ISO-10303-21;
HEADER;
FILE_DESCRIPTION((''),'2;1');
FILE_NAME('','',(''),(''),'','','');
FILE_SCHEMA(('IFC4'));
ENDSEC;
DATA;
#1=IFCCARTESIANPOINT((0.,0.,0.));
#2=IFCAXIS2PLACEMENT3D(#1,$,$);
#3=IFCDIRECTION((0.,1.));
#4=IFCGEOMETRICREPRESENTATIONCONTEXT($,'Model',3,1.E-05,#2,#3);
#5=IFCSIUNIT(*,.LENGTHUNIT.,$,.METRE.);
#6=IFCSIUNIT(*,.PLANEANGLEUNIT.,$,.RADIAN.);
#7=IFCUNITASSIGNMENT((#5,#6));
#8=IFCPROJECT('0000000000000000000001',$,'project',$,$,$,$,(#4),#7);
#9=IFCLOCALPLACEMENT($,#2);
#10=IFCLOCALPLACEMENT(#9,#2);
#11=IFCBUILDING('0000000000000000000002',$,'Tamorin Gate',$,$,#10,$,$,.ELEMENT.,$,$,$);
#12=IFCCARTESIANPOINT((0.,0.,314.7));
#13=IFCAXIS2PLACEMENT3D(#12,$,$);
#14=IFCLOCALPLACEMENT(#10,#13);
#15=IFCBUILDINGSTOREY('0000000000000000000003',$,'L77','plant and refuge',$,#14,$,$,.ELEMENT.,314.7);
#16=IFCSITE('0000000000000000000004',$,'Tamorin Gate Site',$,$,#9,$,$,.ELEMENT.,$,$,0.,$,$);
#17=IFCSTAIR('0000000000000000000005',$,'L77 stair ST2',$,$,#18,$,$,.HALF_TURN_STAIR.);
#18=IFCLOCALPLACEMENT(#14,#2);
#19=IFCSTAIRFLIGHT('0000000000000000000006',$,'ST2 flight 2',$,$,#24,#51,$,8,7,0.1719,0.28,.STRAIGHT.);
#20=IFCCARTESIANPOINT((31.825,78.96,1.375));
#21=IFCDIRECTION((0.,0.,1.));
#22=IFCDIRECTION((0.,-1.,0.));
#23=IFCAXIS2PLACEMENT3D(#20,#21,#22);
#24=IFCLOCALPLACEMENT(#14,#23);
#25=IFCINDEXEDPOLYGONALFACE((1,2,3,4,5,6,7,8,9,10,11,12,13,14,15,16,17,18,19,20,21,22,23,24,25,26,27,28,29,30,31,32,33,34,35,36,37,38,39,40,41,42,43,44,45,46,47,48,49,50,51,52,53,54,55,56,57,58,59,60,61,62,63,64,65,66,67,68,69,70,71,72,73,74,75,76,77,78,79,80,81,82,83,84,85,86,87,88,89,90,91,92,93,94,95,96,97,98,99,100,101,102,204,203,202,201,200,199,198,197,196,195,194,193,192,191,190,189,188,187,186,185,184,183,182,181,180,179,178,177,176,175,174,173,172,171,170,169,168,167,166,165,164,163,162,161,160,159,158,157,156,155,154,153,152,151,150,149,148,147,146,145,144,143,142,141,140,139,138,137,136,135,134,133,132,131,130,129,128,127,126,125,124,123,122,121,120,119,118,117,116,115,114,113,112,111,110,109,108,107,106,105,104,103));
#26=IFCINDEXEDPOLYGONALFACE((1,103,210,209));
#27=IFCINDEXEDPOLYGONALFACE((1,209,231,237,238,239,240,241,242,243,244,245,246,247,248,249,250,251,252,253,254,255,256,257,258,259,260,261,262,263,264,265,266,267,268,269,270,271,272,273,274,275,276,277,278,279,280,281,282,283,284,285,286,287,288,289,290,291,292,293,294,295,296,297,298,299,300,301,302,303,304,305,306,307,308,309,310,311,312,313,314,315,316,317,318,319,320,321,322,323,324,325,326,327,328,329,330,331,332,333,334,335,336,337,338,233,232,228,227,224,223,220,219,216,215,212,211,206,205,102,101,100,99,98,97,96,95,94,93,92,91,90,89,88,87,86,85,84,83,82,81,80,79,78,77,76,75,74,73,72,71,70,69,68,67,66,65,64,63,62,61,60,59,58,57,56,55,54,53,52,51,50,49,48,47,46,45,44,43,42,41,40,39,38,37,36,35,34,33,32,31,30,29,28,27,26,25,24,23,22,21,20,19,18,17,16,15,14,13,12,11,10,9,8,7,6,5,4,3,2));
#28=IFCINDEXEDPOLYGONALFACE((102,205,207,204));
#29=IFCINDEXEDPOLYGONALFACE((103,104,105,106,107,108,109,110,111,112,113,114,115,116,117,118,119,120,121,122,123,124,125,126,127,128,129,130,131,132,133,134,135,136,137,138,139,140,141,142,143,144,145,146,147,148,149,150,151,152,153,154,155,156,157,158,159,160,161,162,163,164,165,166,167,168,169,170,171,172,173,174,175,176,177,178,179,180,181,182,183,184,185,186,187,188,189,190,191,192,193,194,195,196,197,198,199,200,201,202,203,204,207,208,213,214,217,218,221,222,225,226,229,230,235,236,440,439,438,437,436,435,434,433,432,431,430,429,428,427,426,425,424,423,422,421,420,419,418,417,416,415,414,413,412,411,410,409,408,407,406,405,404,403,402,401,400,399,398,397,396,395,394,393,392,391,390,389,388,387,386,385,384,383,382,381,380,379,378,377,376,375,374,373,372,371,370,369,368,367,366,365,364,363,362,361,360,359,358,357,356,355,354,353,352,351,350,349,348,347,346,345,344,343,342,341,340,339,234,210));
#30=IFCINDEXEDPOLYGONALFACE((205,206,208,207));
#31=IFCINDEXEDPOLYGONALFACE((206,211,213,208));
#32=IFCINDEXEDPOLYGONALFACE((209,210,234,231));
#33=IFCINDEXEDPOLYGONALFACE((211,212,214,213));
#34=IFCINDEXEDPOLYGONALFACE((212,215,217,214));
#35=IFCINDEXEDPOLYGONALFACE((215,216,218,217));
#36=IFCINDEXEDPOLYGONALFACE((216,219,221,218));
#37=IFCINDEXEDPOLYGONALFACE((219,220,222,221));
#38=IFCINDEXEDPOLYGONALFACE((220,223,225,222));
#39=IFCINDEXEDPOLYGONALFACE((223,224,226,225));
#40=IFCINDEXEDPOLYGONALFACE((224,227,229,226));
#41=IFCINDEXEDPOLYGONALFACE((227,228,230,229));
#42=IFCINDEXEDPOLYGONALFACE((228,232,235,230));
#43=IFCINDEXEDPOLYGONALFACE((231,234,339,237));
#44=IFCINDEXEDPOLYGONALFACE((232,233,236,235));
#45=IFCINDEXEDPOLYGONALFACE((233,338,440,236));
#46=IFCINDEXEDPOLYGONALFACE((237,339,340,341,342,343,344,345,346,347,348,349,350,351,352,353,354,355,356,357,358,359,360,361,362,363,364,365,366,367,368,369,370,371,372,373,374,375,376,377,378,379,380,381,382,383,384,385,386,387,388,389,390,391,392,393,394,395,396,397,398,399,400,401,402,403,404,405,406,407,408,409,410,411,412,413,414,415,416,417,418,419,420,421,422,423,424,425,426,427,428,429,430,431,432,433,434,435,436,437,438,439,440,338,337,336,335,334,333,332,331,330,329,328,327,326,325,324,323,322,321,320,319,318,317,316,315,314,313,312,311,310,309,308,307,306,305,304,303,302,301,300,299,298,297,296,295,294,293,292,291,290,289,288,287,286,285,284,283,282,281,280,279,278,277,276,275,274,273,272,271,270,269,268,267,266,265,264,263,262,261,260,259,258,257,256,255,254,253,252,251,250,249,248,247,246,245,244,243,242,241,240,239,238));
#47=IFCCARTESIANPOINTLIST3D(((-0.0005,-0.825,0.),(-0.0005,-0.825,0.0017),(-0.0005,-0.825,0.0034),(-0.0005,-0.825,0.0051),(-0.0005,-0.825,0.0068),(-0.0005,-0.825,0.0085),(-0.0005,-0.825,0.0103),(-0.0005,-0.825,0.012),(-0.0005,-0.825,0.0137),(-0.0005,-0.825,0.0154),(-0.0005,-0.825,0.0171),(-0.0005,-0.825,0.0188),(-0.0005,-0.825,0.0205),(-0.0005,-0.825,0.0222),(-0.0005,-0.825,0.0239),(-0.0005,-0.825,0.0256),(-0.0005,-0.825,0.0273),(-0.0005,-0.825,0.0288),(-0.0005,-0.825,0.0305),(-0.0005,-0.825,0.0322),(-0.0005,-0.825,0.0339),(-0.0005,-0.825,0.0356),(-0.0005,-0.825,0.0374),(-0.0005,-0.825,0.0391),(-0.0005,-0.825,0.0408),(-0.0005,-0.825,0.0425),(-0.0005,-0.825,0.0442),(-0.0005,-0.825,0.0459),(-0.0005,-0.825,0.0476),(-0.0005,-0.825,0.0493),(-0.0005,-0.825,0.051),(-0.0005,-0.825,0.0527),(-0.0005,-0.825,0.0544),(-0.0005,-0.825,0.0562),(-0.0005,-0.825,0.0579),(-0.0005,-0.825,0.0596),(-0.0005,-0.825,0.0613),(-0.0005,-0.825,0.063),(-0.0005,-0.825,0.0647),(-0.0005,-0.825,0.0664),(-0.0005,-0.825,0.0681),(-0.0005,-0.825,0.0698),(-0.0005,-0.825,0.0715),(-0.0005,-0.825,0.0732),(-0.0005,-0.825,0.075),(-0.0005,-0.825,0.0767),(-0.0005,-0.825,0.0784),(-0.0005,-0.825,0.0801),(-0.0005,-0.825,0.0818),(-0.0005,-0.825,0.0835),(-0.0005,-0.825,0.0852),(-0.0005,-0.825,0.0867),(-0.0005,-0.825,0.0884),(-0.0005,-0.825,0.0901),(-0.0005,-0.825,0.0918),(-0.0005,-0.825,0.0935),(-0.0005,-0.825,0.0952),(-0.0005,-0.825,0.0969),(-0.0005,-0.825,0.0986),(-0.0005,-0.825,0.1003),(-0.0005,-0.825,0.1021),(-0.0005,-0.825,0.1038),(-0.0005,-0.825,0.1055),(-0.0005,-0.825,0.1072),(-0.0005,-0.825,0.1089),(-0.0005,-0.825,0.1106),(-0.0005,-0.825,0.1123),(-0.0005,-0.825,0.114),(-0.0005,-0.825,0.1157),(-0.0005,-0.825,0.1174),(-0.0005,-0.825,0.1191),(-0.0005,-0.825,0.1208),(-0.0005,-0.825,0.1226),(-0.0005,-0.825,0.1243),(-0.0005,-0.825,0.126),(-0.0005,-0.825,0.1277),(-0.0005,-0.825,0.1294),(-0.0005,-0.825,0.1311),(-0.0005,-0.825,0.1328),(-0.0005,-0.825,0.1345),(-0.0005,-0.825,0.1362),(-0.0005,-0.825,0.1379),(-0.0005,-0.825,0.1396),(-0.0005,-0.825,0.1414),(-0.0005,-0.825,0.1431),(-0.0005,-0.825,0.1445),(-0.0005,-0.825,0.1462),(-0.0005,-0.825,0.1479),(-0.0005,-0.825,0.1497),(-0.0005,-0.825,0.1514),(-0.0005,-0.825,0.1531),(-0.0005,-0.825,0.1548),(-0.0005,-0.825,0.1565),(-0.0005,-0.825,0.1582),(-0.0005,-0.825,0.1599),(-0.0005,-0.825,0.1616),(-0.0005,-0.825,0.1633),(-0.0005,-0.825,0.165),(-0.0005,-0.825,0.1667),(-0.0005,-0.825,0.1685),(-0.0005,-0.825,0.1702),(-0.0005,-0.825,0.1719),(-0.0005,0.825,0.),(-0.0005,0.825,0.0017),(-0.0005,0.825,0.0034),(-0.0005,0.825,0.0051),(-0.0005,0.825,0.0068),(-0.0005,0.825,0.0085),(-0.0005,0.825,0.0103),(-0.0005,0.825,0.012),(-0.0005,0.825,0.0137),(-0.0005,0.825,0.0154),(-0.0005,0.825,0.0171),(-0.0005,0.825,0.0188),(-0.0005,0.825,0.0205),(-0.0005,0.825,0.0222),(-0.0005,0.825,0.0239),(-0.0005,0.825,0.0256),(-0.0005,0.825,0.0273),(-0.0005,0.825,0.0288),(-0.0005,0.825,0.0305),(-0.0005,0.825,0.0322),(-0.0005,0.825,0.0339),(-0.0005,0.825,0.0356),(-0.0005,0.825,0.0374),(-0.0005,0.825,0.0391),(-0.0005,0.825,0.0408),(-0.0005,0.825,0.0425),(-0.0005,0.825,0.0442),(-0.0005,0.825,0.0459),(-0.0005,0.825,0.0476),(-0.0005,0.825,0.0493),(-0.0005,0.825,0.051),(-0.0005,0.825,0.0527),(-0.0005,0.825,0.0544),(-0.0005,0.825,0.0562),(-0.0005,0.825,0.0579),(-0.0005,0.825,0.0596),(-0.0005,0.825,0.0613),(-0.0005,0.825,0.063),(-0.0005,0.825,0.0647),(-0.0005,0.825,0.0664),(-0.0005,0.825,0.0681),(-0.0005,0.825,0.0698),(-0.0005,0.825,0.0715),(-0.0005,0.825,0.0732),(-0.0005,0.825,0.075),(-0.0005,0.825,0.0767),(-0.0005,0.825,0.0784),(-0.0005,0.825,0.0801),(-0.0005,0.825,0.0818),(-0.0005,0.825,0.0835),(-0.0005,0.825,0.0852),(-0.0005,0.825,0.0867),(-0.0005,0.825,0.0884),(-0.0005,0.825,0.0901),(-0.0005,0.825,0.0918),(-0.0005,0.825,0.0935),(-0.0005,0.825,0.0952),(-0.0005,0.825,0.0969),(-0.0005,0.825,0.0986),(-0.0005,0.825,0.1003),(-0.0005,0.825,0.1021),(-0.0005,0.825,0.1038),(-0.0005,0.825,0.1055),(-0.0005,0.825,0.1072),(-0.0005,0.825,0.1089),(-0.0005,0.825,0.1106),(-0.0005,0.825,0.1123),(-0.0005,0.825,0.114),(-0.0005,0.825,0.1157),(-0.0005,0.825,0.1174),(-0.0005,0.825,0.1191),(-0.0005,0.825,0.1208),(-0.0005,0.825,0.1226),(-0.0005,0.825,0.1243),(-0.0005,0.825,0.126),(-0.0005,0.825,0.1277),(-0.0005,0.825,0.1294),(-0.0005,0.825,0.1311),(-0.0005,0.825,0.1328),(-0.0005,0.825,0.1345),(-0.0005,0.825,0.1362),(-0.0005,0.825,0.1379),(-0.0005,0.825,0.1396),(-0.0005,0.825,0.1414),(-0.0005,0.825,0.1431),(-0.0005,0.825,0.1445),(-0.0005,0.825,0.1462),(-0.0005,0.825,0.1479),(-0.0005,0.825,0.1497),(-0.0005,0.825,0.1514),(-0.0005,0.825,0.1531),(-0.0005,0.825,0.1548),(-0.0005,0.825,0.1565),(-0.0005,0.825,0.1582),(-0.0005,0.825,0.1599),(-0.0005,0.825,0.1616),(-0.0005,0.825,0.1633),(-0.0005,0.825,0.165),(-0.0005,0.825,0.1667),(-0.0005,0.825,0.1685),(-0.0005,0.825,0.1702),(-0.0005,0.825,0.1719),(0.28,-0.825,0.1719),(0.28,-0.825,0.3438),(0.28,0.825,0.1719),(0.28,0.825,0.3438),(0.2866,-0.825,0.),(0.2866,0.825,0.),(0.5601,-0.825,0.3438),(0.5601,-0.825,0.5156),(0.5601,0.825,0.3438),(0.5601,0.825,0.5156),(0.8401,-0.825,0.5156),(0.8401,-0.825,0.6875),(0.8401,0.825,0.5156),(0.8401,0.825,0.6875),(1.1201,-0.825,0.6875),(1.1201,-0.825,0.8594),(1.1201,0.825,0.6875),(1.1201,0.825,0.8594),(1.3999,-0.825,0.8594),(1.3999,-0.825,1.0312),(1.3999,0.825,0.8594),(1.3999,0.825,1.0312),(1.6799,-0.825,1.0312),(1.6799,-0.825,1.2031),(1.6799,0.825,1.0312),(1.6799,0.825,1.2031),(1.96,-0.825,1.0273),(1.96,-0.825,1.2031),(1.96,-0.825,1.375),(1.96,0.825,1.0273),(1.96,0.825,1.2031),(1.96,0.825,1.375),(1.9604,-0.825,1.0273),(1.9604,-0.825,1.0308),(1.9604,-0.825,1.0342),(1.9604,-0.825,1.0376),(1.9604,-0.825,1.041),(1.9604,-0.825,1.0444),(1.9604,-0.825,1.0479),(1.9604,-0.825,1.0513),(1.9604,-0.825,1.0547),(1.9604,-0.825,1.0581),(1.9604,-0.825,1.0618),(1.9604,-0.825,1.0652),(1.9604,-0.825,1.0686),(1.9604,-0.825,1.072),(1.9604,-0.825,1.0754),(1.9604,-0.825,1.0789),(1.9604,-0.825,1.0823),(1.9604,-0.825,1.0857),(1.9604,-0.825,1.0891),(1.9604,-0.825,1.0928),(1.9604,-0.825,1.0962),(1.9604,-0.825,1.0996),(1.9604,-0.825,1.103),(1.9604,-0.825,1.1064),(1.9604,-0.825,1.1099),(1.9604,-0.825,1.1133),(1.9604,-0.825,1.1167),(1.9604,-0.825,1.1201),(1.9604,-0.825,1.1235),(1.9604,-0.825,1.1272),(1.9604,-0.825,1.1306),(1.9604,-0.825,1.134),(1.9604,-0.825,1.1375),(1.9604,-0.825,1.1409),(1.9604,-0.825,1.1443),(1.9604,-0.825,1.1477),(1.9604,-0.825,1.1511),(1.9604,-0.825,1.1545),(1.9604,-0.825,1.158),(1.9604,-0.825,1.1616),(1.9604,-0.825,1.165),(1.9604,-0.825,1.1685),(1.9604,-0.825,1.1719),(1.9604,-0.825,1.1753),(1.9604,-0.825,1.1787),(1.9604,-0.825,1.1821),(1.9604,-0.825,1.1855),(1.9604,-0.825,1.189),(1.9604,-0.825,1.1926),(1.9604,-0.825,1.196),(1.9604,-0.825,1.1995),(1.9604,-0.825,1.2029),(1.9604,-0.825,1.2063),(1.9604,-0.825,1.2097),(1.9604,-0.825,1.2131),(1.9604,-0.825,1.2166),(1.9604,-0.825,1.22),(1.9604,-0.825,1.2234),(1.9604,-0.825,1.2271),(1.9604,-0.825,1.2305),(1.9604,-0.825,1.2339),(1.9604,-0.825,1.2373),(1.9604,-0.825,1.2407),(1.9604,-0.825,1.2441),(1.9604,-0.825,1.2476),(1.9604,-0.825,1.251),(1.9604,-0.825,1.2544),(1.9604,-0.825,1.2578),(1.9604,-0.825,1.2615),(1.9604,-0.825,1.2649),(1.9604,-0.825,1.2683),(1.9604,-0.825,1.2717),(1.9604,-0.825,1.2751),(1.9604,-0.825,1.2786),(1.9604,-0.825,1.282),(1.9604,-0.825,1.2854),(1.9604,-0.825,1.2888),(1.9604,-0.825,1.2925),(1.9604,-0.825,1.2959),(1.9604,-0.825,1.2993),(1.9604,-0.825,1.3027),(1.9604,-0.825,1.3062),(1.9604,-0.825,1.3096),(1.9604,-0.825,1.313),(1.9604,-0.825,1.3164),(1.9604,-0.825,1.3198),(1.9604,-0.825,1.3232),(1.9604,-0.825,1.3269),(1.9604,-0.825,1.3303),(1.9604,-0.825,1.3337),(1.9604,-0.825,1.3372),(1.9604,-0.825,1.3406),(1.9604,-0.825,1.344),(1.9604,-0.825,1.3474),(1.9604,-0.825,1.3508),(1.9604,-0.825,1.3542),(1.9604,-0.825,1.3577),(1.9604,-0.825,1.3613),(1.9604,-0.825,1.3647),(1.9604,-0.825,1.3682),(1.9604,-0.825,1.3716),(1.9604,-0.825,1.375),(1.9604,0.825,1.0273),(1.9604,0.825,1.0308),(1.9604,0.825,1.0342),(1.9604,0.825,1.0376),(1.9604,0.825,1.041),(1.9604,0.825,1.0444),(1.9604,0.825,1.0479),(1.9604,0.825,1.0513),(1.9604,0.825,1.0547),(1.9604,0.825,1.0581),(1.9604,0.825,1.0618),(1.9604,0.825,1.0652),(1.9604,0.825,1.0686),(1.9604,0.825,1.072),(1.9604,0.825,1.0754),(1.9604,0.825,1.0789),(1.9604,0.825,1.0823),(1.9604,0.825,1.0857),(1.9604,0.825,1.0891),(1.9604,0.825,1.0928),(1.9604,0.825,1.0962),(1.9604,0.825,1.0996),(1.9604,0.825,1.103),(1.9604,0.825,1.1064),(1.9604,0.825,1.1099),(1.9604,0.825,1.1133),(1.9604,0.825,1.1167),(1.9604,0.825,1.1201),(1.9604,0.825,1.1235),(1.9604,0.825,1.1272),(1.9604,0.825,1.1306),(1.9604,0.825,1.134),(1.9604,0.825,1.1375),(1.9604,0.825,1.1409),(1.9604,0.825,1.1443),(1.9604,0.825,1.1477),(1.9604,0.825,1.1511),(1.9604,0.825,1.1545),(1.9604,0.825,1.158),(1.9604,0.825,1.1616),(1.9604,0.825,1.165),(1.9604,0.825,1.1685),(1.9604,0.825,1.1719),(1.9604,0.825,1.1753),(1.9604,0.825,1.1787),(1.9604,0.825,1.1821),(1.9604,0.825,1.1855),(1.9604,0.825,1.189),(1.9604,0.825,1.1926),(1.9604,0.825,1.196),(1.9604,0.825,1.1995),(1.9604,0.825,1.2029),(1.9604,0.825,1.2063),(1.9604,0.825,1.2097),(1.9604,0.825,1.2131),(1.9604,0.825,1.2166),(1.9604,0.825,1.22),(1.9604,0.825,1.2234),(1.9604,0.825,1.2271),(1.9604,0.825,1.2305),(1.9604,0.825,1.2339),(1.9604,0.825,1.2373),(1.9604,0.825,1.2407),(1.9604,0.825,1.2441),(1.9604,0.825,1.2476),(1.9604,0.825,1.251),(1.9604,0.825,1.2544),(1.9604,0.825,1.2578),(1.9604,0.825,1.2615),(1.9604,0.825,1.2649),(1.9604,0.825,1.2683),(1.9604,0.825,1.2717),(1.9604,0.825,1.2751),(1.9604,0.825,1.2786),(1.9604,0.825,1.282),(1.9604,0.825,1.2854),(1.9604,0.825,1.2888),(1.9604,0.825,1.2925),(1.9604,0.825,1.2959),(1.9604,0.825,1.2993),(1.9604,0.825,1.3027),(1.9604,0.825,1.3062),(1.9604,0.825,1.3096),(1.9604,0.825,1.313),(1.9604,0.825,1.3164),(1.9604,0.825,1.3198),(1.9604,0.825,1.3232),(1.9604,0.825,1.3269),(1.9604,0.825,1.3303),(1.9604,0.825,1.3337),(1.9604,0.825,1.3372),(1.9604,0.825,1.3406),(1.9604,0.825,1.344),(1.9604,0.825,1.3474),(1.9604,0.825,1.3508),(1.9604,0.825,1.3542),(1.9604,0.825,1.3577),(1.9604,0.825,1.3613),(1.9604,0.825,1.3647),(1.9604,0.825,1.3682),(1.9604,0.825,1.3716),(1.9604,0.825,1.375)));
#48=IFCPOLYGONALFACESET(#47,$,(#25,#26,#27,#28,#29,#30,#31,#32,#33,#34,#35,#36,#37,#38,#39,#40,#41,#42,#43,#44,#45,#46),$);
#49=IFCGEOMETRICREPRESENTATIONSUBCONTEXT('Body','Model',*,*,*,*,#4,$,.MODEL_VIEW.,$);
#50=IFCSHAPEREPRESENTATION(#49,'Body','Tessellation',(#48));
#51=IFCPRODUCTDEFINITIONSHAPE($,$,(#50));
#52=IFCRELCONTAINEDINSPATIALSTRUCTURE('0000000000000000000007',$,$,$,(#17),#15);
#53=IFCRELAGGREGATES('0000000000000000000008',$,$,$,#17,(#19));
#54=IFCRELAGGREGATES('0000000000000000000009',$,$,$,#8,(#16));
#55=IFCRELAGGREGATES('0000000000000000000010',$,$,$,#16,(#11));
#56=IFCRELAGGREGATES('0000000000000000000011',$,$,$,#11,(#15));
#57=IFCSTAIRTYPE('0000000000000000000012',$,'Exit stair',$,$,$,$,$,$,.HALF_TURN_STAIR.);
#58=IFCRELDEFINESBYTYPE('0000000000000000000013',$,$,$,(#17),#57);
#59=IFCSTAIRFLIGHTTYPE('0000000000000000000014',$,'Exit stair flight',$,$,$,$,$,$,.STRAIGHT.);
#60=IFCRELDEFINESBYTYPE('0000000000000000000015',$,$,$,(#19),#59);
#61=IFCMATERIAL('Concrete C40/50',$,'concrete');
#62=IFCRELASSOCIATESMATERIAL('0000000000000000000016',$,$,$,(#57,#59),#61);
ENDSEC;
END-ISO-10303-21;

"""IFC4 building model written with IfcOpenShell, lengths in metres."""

from ifc_helpers import new_model, si_unit, direction, frame, origin, place, context, subcontext, project, spatial, polyline, outline, extrude, material, type_object, element, aggregate, save


model = new_model("IFC4")

# Units and contexts
model_context = context("Model", 3, precision=1e-05, world=origin(), true_north=direction((0.0, 1.0)))
body_context = subcontext(model_context, "Body", "Model", "MODEL_VIEW")
ifc_project = project(units=[si_unit("LENGTHUNIT", "METRE"), si_unit("PLANEANGLEUNIT", "RADIAN")], contexts=[model_context])

# Site, building, storey
site_placement = place(None, origin())
site = spatial("IfcSite", under=ifc_project, at=site_placement, Name="Tamorin Gate Site", CompositionType="ELEMENT", RefElevation=0.0)
building_placement = place(site_placement, origin())
building = spatial("IfcBuilding", under=site, at=building_placement, Name="Tamorin Gate", CompositionType="ELEMENT")
storey_placement = place(building_placement, frame((0.0, 0.0, 314.7)))
storey = spatial("IfcBuildingStorey", under=building, at=storey_placement, Name="L77", Description="plant and refuge", CompositionType="ELEMENT", Elevation=314.7)

# Stair, stair flight
ifc_material_1 = material(Name="Concrete C40/50", Category="concrete")
stair_type = type_object("IfcStairType", Name="Exit stair", PredefinedType="HALF_TURN_STAIR", material=ifc_material_1)
stair_placement = place(storey_placement, origin())
stair = element("IfcStair", 1, at=stair_placement, inside=storey, type_object=stair_type, Name="L77 stair ST2", PredefinedType="HALF_TURN_STAIR")
stair_flight_type = type_object("IfcStairFlightType", Name="Exit stair flight", PredefinedType="STRAIGHT", material=ifc_material_1)
stair_flight_1_placement = place(storey_placement, frame((31.825, 78.96, 1.375), z_axis=(0.0, 0.0, 1.0), x_axis=(0.0, -1.0, 0.0)))
stair_flight_1 = element("IfcStairFlight", 2, at=stair_flight_1_placement, type_object=stair_flight_type, Name="ST2 flight 2", NumberOfRisers=8, NumberOfTreads=7, PredefinedType="STRAIGHT", RiserHeight=0.1719, TreadLength=0.28, context=body_context, shape_type="SweptSolid", body=[
    extrude(outline(polyline([(-0.0005, 0.0), (-0.0005, 0.0017), (-0.0005, 0.0034), (-0.0005, 0.0051), (-0.0005, 0.0068), (-0.0005, 0.0085), (-0.0005, 0.0103), (-0.0005, 0.012), (-0.0005, 0.0137), (-0.0005, 0.0154), (-0.0005, 0.0171), (-0.0005, 0.0188), (-0.0005, 0.0205), (-0.0005, 0.0222), (-0.0005, 0.0239), (-0.0005, 0.0256), (-0.0005, 0.0273), (-0.0005, 0.0288), (-0.0005, 0.0305), (-0.0005, 0.0322), (-0.0005, 0.0339), (-0.0005, 0.0356), (-0.0005, 0.0374), (-0.0005, 0.0391), (-0.0005, 0.0408), (-0.0005, 0.0425), (-0.0005, 0.0442), (-0.0005, 0.0459), (-0.0005, 0.0476), (-0.0005, 0.0493), (-0.0005, 0.051), (-0.0005, 0.0527), (-0.0005, 0.0544), (-0.0005, 0.0562), (-0.0005, 0.0579), (-0.0005, 0.0596), (-0.0005, 0.0613), (-0.0005, 0.063), (-0.0005, 0.0647), (-0.0005, 0.0664), (-0.0005, 0.0681), (-0.0005, 0.0698), (-0.0005, 0.0715), (-0.0005, 0.0732), (-0.0005, 0.075), (-0.0005, 0.0767), (-0.0005, 0.0784), (-0.0005, 0.0801), (-0.0005, 0.0818), (-0.0005, 0.0835), (-0.0005, 0.0852), (-0.0005, 0.0867), (-0.0005, 0.0884), (-0.0005, 0.0901), (-0.0005, 0.0918), (-0.0005, 0.0935), (-0.0005, 0.0952), (-0.0005, 0.0969), (-0.0005, 0.0986), (-0.0005, 0.1003), (-0.0005, 0.1021), (-0.0005, 0.1038), (-0.0005, 0.1055), (-0.0005, 0.1072), (-0.0005, 0.1089), (-0.0005, 0.1106), (-0.0005, 0.1123), (-0.0005, 0.114), (-0.0005, 0.1157), (-0.0005, 0.1174), (-0.0005, 0.1191), (-0.0005, 0.1208), (-0.0005, 0.1226), (-0.0005, 0.1243), (-0.0005, 0.126), (-0.0005, 0.1277), (-0.0005, 0.1294), (-0.0005, 0.1311), (-0.0005, 0.1328), (-0.0005, 0.1345), (-0.0005, 0.1362), (-0.0005, 0.1379), (-0.0005, 0.1396), (-0.0005, 0.1414), (-0.0005, 0.1431), (-0.0005, 0.1445), (-0.0005, 0.1462), (-0.0005, 0.1479), (-0.0005, 0.1497), (-0.0005, 0.1514), (-0.0005, 0.1531), (-0.0005, 0.1548), (-0.0005, 0.1565), (-0.0005, 0.1582), (-0.0005, 0.1599), (-0.0005, 0.1616), (-0.0005, 0.1633), (-0.0005, 0.165), (-0.0005, 0.1667), (-0.0005, 0.1685), (-0.0005, 0.1702), (-0.0005, 0.1719), (0.28, 0.1719), (0.28, 0.3438), (0.5601, 0.3438), (0.5601, 0.5156), (0.8401, 0.5156), (0.8401, 0.6875), (1.1201, 0.6875), (1.1201, 0.8594), (1.3999, 0.8594), (1.3999, 1.0312), (1.6799, 1.0312), (1.6799, 1.2031), (1.96, 1.2031), (1.96, 1.375), (1.9604, 1.375), (1.9604, 1.3716), (1.9604, 1.3682), (1.9604, 1.3647), (1.9604, 1.3613), (1.9604, 1.3577), (1.9604, 1.3542), (1.9604, 1.3508), (1.9604, 1.3474), (1.9604, 1.344), (1.9604, 1.3406), (1.9604, 1.3372), (1.9604, 1.3337), (1.9604, 1.3303), (1.9604, 1.3269), (1.9604, 1.3232), (1.9604, 1.3198), (1.9604, 1.3164), (1.9604, 1.313), (1.9604, 1.3096), (1.9604, 1.3062), (1.9604, 1.3027), (1.9604, 1.2993), (1.9604, 1.2959), (1.9604, 1.2925), (1.9604, 1.2888), (1.9604, 1.2854), (1.9604, 1.282), (1.9604, 1.2786), (1.9604, 1.2751), (1.9604, 1.2717), (1.9604, 1.2683), (1.9604, 1.2649), (1.9604, 1.2615), (1.9604, 1.2578), (1.9604, 1.2544), (1.9604, 1.251), (1.9604, 1.2476), (1.9604, 1.2441), (1.9604, 1.2407), (1.9604, 1.2373), (1.9604, 1.2339), (1.9604, 1.2305), (1.9604, 1.2271), (1.9604, 1.2234), (1.9604, 1.22), (1.9604, 1.2166), (1.9604, 1.2131), (1.9604, 1.2097), (1.9604, 1.2063), (1.9604, 1.2029), (1.9604, 1.1995), (1.9604, 1.196), (1.9604, 1.1926), (1.9604, 1.189), (1.9604, 1.1855), (1.9604, 1.1821), (1.9604, 1.1787), (1.9604, 1.1753), (1.9604, 1.1719), (1.9604, 1.1685), (1.9604, 1.165), (1.9604, 1.1616), (1.9604, 1.158), (1.9604, 1.1545), (1.9604, 1.1511), (1.9604, 1.1477), (1.9604, 1.1443), (1.9604, 1.1409), (1.9604, 1.1375), (1.9604, 1.134), (1.9604, 1.1306), (1.9604, 1.1272), (1.9604, 1.1235), (1.9604, 1.1201), (1.9604, 1.1167), (1.9604, 1.1133), (1.9604, 1.1099), (1.9604, 1.1064), (1.9604, 1.103), (1.9604, 1.0996), (1.9604, 1.0962), (1.9604, 1.0928), (1.9604, 1.0891), (1.9604, 1.0857), (1.9604, 1.0823), (1.9604, 1.0789), (1.9604, 1.0754), (1.9604, 1.072), (1.9604, 1.0686), (1.9604, 1.0652), (1.9604, 1.0618), (1.9604, 1.0581), (1.9604, 1.0547), (1.9604, 1.0513), (1.9604, 1.0479), (1.9604, 1.0444), (1.9604, 1.041), (1.9604, 1.0376), (1.9604, 1.0342), (1.9604, 1.0308), (1.9604, 1.0273), (1.96, 1.0273), (0.2866, 0.0), (-0.0005, 0.0)])), frame((0.0, 0.825, 0.0), z_axis=(0.0, -1.0, 0.0), x_axis=(1.0, 0.0, 0.0)), (0.0, 0.0, 1.0), 1.6499),
])
aggregate(stair, [stair_flight_1])

save(model, "model.ifc")
